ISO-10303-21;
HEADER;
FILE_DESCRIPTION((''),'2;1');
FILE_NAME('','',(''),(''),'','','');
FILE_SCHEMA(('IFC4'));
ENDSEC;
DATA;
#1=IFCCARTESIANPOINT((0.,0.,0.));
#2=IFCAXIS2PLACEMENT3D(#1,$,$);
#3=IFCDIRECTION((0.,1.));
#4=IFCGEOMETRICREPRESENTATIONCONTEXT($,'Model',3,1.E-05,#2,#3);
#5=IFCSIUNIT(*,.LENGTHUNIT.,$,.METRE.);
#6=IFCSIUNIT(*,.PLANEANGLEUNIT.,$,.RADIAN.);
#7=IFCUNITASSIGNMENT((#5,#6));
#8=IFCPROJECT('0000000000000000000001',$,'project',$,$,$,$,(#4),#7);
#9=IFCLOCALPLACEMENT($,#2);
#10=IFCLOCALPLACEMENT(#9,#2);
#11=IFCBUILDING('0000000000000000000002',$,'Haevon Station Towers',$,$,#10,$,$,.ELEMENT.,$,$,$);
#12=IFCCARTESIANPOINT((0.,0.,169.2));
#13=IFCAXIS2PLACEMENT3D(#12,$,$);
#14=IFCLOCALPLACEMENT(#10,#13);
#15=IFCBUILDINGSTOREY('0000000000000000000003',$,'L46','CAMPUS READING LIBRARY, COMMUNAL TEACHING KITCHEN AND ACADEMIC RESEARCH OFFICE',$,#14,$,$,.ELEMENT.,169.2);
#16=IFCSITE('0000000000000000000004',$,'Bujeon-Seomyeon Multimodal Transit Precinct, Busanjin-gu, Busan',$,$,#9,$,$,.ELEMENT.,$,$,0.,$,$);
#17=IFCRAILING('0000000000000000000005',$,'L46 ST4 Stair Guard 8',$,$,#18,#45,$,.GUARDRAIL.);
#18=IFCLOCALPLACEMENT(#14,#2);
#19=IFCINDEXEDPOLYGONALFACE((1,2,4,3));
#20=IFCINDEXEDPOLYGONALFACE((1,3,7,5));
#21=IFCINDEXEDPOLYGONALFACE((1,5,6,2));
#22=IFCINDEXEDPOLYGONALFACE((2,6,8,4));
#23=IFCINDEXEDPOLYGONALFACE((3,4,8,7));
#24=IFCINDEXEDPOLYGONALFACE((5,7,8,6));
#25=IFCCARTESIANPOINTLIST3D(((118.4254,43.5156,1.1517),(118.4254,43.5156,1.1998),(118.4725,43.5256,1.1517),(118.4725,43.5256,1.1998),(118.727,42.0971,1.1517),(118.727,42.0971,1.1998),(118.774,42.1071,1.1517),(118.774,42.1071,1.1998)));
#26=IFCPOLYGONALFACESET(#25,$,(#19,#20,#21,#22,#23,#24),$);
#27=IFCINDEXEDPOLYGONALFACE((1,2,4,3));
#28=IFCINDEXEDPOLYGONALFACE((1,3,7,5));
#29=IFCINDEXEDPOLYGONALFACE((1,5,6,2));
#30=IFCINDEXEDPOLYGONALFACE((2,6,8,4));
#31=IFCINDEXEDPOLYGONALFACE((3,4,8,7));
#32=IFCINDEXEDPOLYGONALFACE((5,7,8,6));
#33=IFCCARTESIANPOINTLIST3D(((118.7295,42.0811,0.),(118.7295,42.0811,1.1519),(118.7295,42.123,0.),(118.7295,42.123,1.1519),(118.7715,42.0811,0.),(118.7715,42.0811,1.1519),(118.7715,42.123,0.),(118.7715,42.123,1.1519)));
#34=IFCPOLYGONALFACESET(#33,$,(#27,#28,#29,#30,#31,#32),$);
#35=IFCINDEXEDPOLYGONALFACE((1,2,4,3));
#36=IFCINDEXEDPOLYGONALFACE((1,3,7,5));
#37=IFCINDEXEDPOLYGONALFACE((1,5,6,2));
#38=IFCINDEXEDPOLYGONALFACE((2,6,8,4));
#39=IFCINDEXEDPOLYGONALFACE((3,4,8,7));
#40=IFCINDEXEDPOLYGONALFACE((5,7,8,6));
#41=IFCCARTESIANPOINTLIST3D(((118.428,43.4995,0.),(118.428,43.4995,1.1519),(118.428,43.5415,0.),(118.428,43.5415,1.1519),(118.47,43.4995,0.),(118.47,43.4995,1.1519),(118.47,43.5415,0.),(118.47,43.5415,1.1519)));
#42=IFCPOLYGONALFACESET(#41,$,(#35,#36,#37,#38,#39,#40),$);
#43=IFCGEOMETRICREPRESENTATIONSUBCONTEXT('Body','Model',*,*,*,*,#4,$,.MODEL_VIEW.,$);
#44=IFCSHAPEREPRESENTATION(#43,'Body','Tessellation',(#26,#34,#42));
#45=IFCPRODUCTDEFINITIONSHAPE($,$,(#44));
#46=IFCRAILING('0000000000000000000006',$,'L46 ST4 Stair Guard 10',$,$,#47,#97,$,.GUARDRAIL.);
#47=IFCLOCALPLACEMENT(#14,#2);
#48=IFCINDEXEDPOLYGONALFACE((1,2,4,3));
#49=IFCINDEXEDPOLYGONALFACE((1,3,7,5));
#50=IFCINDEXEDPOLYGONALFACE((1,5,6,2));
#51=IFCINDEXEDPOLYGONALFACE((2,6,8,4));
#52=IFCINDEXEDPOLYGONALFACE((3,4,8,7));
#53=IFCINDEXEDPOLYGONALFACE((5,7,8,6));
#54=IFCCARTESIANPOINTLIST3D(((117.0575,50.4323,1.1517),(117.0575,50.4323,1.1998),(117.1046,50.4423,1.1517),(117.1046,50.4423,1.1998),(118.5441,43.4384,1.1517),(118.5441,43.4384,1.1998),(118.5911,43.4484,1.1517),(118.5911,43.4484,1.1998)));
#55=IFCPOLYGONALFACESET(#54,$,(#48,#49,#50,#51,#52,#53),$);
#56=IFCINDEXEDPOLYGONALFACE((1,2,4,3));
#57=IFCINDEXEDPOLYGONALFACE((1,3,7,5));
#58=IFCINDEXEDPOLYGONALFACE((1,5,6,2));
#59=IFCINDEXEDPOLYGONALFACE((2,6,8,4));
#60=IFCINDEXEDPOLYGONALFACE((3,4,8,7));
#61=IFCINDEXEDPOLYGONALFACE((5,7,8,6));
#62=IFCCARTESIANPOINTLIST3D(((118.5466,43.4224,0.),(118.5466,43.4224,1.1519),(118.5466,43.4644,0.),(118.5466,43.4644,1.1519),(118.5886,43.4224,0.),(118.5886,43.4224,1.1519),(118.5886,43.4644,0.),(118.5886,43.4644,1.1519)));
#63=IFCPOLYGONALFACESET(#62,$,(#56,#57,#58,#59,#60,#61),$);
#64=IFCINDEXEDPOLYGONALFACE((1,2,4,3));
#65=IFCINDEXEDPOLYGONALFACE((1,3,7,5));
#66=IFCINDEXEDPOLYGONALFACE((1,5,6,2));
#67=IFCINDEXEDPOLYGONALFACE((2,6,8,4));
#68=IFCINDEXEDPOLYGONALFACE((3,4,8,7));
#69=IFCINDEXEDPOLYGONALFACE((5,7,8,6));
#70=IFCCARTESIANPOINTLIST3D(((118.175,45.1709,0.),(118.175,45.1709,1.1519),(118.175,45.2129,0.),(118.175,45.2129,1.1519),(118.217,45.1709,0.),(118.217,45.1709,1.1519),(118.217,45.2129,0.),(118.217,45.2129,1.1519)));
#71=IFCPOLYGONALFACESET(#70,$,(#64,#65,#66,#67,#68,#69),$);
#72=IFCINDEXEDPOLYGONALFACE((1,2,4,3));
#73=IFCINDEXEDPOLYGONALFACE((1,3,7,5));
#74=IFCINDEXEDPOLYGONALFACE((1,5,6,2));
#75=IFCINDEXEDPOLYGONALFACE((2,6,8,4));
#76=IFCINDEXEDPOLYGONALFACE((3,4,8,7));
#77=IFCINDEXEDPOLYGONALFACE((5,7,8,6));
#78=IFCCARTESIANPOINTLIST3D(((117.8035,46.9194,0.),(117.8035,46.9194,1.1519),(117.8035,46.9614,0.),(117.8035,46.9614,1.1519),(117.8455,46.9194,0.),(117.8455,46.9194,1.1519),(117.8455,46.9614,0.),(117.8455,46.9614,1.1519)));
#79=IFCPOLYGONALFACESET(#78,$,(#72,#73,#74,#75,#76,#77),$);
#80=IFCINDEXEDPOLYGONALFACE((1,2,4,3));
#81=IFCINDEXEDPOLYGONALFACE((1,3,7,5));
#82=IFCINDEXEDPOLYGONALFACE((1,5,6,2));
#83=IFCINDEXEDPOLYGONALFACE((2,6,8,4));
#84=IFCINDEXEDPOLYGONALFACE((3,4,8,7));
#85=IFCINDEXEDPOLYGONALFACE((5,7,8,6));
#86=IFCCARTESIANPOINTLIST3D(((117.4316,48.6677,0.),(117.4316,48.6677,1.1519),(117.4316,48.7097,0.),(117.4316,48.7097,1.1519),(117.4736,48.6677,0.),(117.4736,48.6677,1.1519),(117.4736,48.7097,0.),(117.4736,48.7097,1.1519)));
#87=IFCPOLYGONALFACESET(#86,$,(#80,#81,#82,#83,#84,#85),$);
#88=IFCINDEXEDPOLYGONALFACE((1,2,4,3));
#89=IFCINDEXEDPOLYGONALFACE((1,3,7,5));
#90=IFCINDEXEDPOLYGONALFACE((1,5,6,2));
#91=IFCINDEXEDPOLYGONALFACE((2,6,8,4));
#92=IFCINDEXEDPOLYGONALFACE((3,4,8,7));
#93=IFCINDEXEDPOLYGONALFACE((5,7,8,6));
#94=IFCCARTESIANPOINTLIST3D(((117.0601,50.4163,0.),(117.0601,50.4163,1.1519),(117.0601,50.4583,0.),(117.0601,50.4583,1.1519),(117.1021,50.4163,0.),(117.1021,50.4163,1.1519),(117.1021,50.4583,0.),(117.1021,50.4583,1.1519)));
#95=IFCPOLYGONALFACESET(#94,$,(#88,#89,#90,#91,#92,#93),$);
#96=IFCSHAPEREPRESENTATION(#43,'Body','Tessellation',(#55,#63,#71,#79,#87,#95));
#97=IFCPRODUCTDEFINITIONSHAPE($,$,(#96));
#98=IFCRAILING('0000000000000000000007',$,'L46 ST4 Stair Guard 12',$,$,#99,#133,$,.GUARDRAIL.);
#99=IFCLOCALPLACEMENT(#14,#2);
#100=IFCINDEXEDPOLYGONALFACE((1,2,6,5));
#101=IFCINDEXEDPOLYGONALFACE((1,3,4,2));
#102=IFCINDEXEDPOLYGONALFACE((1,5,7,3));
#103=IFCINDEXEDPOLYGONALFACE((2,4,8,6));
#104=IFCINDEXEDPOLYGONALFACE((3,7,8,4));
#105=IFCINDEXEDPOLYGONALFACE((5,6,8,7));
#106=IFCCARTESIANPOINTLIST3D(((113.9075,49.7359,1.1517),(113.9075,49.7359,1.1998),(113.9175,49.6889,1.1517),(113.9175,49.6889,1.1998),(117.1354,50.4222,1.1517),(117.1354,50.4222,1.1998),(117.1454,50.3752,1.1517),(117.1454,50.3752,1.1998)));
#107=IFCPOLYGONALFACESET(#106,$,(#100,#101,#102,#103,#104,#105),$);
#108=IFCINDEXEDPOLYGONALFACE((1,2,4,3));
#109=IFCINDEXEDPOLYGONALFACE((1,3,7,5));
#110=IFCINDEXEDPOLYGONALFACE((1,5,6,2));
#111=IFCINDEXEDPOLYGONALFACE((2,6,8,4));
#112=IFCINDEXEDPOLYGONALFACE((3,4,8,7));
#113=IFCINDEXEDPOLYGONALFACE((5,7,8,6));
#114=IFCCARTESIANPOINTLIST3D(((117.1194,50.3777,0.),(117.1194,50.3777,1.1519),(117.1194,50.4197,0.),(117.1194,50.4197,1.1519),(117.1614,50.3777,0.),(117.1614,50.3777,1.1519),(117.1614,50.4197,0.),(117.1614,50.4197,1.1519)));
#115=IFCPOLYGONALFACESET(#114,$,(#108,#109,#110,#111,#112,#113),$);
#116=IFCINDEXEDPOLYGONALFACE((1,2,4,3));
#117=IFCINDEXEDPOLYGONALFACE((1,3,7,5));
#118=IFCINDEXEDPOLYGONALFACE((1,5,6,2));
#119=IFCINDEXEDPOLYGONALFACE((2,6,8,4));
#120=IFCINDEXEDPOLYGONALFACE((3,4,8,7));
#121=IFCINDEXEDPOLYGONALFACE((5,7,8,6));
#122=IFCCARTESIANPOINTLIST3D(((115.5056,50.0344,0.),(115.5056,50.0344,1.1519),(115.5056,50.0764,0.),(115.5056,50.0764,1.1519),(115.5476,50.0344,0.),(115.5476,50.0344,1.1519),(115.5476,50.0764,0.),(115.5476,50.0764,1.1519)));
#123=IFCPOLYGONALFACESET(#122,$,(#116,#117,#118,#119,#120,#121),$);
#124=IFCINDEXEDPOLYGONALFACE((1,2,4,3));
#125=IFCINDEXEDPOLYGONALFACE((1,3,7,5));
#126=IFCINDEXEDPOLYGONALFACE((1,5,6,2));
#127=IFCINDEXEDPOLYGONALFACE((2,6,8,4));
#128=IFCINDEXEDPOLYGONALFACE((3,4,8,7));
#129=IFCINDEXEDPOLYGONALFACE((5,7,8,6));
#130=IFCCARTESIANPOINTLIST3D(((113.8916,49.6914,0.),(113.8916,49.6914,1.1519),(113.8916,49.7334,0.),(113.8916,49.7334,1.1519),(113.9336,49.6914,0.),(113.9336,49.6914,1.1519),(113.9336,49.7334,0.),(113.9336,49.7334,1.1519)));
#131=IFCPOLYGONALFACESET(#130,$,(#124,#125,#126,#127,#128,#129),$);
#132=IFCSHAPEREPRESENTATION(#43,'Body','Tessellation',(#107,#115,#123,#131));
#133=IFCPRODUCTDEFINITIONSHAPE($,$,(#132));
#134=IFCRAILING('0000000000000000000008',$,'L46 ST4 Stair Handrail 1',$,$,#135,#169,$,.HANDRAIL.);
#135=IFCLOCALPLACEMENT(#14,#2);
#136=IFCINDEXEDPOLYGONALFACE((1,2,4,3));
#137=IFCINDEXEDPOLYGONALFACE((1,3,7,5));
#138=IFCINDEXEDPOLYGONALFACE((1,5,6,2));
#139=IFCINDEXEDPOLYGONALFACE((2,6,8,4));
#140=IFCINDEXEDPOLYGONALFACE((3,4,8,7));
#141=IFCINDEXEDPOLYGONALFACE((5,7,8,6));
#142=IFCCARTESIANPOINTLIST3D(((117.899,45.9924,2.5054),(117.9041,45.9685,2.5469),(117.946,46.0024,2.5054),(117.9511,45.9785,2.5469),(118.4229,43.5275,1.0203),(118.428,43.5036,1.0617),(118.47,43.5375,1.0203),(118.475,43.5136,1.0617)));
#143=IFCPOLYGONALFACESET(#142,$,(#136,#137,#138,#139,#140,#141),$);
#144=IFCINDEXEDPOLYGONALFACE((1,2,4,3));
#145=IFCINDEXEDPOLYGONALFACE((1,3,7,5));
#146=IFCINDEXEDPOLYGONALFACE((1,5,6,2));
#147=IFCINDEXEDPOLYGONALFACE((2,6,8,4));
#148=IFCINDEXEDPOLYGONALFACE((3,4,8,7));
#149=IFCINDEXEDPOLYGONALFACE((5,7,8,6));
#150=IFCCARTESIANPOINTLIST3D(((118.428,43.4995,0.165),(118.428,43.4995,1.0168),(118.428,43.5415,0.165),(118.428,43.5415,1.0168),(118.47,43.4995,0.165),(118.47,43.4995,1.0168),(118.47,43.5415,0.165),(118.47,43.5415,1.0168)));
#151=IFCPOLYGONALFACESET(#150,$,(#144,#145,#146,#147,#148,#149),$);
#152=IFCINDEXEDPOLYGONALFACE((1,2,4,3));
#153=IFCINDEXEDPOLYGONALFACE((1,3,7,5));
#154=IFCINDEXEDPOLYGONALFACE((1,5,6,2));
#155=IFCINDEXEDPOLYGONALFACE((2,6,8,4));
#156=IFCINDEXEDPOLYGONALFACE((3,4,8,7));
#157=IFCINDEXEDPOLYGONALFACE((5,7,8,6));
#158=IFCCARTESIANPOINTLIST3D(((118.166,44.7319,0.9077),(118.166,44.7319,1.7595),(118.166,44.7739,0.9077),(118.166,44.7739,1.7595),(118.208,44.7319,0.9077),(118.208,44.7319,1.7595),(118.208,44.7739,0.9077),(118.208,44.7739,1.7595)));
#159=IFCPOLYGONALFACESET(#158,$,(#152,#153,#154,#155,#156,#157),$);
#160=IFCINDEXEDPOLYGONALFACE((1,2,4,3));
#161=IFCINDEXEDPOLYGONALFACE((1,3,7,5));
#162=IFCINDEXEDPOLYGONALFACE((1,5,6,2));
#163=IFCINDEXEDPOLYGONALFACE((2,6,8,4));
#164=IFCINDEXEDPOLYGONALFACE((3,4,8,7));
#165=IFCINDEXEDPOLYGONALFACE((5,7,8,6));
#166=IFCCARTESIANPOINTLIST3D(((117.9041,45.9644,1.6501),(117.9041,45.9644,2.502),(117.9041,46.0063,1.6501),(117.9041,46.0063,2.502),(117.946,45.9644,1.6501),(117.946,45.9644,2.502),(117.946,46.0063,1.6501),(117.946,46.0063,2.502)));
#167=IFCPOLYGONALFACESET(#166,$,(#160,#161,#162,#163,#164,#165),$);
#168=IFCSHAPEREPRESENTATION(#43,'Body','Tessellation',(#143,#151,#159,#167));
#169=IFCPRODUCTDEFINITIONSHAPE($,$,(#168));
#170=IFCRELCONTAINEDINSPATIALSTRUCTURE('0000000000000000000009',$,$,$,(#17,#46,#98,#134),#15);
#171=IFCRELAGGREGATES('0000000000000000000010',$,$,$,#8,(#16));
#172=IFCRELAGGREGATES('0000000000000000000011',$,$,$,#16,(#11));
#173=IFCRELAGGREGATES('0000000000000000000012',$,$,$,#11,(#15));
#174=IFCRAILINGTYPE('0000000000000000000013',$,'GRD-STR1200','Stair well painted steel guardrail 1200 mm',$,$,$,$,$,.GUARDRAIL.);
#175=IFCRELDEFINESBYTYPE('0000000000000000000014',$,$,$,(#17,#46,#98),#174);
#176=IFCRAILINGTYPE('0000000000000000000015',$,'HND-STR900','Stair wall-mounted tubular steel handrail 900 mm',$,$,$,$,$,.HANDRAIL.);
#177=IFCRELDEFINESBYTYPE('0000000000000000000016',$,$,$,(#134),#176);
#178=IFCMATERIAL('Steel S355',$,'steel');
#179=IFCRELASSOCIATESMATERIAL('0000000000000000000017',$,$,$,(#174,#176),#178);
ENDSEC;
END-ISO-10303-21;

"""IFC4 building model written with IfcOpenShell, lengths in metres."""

from ifc_helpers import new_model, si_unit, direction, frame, origin, origin_2d, place, context, subcontext, project, spatial, rectangle, extrude, material, type_object, element, save


model = new_model("IFC4")

# Units and contexts
model_context = context("Model", 3, precision=1e-05, world=origin(), true_north=direction((0.0, 1.0)))
body_context = subcontext(model_context, "Body", "Model", "MODEL_VIEW")
ifc_project = project(units=[si_unit("LENGTHUNIT", "METRE"), si_unit("PLANEANGLEUNIT", "RADIAN")], contexts=[model_context])

# Site, building, storey
site_placement = place(None, origin())
site = spatial("IfcSite", under=ifc_project, at=site_placement, Name="Bujeon-Seomyeon Multimodal Transit Precinct, Busanjin-gu, Busan", CompositionType="ELEMENT", RefElevation=0.0)
building_placement = place(site_placement, origin())
building = spatial("IfcBuilding", under=site, at=building_placement, Name="Haevon Station Towers", CompositionType="ELEMENT")
storey_placement = place(building_placement, frame((0.0, 0.0, 169.2)))
storey = spatial("IfcBuildingStorey", under=building, at=storey_placement, Name="L46", Description="CAMPUS READING LIBRARY, COMMUNAL TEACHING KITCHEN AND ACADEMIC RESEARCH OFFICE", CompositionType="ELEMENT", Elevation=169.2)

# Shared definitions
ifc_material_1 = material(Name="Steel S355", Category="steel")

# Railings
railing_type_1 = type_object("IfcRailingType", Name="GRD-STR1200", Description="Stair well painted steel guardrail 1200 mm", PredefinedType="GUARDRAIL", material=ifc_material_1)
railing_1_placement = place(storey_placement, frame((118.7505, 42.1021, 0.0)))
element("IfcRailing", 1, at=railing_1_placement, inside=storey, type_object=railing_type_1, Name="L46 ST4 Stair Guard 8", PredefinedType="GUARDRAIL", context=body_context, shape_type="SweptSolid", body=[
    extrude(rectangle(XDim=0.0481, YDim=0.0481, at=origin_2d()), frame((0.0, 0.0, 1.1758), z_axis=(-0.207919, 0.978146, 0.0), x_axis=(-0.978146, -0.207919, 0.0)), (0.0, 0.0, 1.0), 1.4502),
    extrude(rectangle(XDim=0.042, YDim=0.042, at=origin_2d()), origin(), (0.0, 0.0, 1.0), 1.1519),
    extrude(rectangle(XDim=0.042, YDim=0.042, at=origin_2d()), frame((-0.3015, 1.4185, 0.0)), (0.0, 0.0, 1.0), 1.1519),
])
railing_2_placement = place(storey_placement, frame((118.5676, 43.4434, 0.0)))
element("IfcRailing", 2, at=railing_2_placement, inside=storey, type_object=railing_type_1, Name="L46 ST4 Stair Guard 10", PredefinedType="GUARDRAIL", context=body_context, shape_type="SweptSolid", body=[
    extrude(rectangle(XDim=0.0481, YDim=0.0481, at=origin_2d()), frame((0.0, 0.0, 1.1758), z_axis=(-0.207908, 0.978148, 0.0), x_axis=(-0.978148, -0.207908, 0.0)), (0.0, 0.0, 1.0), 7.1501),
    extrude(rectangle(XDim=0.042, YDim=0.042, at=origin_2d()), origin(), (0.0, 0.0, 1.0), 1.1519),
    extrude(rectangle(XDim=0.042, YDim=0.042, at=origin_2d()), frame((-0.3716, 1.7485, 0.0)), (0.0, 0.0, 1.0), 1.1519),
    extrude(rectangle(XDim=0.042, YDim=0.042, at=origin_2d()), frame((-0.7432, 3.4971, 0.0)), (0.0, 0.0, 1.0), 1.1519),
    extrude(rectangle(XDim=0.042, YDim=0.042, at=origin_2d()), frame((-1.115, 5.2454, 0.0)), (0.0, 0.0, 1.0), 1.1519),
    extrude(rectangle(XDim=0.042, YDim=0.042, at=origin_2d()), frame((-1.4866, 6.9939, 0.0)), (0.0, 0.0, 1.0), 1.1519),
])
railing_3_placement = place(storey_placement, frame((117.1404, 50.3987, 0.0)))
element("IfcRailing", 3, at=railing_3_placement, inside=storey, type_object=railing_type_1, Name="L46 ST4 Stair Guard 12", PredefinedType="GUARDRAIL", context=body_context, shape_type="SweptSolid", body=[
    extrude(rectangle(XDim=0.0481, YDim=0.0481, at=origin_2d()), frame((0.0, 0.0, 1.1758), z_axis=(-0.978136, -0.207968, 0.0), x_axis=(0.207968, -0.978136, 0.0)), (0.0, 0.0, 1.0), 3.3),
    extrude(rectangle(XDim=0.042, YDim=0.042, at=origin_2d()), origin(), (0.0, 0.0, 1.0), 1.1519),
    extrude(rectangle(XDim=0.042, YDim=0.042, at=origin_2d()), frame((-1.6138, -0.3433, 0.0)), (0.0, 0.0, 1.0), 1.1519),
    extrude(rectangle(XDim=0.042, YDim=0.042, at=origin_2d()), frame((-3.2278, -0.6863, 0.0)), (0.0, 0.0, 1.0), 1.1519),
])
railing_type_2 = type_object("IfcRailingType", Name="HND-STR900", Description="Stair wall-mounted tubular steel handrail 900 mm", PredefinedType="HANDRAIL", material=ifc_material_1)
railing_4_placement = place(storey_placement, frame((118.449, 43.5205, 0.165)))
element("IfcRailing", 4, at=railing_4_placement, inside=storey, type_object=railing_type_2, Name="L46 ST4 Stair Handrail 1", PredefinedType="HANDRAIL", context=body_context, shape_type="SweptSolid", body=[
    extrude(rectangle(XDim=0.0481, YDim=0.0481, at=origin_2d()), frame((0.0, 0.0, 0.876), z_axis=(-0.179121, 0.842688, 0.507733), x_axis=(-0.978147, -0.207914, 0.0)), (0.0, 0.0, 1.0), 2.925),
    extrude(rectangle(XDim=0.042, YDim=0.042, at=origin_2d()), origin(), (0.0, 0.0, 1.0), 0.8518),
    extrude(rectangle(XDim=0.042, YDim=0.042, at=origin_2d()), frame((-0.262, 1.2324, 0.7427)), (0.0, 0.0, 1.0), 0.8518),
    extrude(rectangle(XDim=0.042, YDim=0.042, at=origin_2d()), frame((-0.5239, 2.4648, 1.4851)), (0.0, 0.0, 1.0), 0.8518),
])

save(model, "model.ifc")
